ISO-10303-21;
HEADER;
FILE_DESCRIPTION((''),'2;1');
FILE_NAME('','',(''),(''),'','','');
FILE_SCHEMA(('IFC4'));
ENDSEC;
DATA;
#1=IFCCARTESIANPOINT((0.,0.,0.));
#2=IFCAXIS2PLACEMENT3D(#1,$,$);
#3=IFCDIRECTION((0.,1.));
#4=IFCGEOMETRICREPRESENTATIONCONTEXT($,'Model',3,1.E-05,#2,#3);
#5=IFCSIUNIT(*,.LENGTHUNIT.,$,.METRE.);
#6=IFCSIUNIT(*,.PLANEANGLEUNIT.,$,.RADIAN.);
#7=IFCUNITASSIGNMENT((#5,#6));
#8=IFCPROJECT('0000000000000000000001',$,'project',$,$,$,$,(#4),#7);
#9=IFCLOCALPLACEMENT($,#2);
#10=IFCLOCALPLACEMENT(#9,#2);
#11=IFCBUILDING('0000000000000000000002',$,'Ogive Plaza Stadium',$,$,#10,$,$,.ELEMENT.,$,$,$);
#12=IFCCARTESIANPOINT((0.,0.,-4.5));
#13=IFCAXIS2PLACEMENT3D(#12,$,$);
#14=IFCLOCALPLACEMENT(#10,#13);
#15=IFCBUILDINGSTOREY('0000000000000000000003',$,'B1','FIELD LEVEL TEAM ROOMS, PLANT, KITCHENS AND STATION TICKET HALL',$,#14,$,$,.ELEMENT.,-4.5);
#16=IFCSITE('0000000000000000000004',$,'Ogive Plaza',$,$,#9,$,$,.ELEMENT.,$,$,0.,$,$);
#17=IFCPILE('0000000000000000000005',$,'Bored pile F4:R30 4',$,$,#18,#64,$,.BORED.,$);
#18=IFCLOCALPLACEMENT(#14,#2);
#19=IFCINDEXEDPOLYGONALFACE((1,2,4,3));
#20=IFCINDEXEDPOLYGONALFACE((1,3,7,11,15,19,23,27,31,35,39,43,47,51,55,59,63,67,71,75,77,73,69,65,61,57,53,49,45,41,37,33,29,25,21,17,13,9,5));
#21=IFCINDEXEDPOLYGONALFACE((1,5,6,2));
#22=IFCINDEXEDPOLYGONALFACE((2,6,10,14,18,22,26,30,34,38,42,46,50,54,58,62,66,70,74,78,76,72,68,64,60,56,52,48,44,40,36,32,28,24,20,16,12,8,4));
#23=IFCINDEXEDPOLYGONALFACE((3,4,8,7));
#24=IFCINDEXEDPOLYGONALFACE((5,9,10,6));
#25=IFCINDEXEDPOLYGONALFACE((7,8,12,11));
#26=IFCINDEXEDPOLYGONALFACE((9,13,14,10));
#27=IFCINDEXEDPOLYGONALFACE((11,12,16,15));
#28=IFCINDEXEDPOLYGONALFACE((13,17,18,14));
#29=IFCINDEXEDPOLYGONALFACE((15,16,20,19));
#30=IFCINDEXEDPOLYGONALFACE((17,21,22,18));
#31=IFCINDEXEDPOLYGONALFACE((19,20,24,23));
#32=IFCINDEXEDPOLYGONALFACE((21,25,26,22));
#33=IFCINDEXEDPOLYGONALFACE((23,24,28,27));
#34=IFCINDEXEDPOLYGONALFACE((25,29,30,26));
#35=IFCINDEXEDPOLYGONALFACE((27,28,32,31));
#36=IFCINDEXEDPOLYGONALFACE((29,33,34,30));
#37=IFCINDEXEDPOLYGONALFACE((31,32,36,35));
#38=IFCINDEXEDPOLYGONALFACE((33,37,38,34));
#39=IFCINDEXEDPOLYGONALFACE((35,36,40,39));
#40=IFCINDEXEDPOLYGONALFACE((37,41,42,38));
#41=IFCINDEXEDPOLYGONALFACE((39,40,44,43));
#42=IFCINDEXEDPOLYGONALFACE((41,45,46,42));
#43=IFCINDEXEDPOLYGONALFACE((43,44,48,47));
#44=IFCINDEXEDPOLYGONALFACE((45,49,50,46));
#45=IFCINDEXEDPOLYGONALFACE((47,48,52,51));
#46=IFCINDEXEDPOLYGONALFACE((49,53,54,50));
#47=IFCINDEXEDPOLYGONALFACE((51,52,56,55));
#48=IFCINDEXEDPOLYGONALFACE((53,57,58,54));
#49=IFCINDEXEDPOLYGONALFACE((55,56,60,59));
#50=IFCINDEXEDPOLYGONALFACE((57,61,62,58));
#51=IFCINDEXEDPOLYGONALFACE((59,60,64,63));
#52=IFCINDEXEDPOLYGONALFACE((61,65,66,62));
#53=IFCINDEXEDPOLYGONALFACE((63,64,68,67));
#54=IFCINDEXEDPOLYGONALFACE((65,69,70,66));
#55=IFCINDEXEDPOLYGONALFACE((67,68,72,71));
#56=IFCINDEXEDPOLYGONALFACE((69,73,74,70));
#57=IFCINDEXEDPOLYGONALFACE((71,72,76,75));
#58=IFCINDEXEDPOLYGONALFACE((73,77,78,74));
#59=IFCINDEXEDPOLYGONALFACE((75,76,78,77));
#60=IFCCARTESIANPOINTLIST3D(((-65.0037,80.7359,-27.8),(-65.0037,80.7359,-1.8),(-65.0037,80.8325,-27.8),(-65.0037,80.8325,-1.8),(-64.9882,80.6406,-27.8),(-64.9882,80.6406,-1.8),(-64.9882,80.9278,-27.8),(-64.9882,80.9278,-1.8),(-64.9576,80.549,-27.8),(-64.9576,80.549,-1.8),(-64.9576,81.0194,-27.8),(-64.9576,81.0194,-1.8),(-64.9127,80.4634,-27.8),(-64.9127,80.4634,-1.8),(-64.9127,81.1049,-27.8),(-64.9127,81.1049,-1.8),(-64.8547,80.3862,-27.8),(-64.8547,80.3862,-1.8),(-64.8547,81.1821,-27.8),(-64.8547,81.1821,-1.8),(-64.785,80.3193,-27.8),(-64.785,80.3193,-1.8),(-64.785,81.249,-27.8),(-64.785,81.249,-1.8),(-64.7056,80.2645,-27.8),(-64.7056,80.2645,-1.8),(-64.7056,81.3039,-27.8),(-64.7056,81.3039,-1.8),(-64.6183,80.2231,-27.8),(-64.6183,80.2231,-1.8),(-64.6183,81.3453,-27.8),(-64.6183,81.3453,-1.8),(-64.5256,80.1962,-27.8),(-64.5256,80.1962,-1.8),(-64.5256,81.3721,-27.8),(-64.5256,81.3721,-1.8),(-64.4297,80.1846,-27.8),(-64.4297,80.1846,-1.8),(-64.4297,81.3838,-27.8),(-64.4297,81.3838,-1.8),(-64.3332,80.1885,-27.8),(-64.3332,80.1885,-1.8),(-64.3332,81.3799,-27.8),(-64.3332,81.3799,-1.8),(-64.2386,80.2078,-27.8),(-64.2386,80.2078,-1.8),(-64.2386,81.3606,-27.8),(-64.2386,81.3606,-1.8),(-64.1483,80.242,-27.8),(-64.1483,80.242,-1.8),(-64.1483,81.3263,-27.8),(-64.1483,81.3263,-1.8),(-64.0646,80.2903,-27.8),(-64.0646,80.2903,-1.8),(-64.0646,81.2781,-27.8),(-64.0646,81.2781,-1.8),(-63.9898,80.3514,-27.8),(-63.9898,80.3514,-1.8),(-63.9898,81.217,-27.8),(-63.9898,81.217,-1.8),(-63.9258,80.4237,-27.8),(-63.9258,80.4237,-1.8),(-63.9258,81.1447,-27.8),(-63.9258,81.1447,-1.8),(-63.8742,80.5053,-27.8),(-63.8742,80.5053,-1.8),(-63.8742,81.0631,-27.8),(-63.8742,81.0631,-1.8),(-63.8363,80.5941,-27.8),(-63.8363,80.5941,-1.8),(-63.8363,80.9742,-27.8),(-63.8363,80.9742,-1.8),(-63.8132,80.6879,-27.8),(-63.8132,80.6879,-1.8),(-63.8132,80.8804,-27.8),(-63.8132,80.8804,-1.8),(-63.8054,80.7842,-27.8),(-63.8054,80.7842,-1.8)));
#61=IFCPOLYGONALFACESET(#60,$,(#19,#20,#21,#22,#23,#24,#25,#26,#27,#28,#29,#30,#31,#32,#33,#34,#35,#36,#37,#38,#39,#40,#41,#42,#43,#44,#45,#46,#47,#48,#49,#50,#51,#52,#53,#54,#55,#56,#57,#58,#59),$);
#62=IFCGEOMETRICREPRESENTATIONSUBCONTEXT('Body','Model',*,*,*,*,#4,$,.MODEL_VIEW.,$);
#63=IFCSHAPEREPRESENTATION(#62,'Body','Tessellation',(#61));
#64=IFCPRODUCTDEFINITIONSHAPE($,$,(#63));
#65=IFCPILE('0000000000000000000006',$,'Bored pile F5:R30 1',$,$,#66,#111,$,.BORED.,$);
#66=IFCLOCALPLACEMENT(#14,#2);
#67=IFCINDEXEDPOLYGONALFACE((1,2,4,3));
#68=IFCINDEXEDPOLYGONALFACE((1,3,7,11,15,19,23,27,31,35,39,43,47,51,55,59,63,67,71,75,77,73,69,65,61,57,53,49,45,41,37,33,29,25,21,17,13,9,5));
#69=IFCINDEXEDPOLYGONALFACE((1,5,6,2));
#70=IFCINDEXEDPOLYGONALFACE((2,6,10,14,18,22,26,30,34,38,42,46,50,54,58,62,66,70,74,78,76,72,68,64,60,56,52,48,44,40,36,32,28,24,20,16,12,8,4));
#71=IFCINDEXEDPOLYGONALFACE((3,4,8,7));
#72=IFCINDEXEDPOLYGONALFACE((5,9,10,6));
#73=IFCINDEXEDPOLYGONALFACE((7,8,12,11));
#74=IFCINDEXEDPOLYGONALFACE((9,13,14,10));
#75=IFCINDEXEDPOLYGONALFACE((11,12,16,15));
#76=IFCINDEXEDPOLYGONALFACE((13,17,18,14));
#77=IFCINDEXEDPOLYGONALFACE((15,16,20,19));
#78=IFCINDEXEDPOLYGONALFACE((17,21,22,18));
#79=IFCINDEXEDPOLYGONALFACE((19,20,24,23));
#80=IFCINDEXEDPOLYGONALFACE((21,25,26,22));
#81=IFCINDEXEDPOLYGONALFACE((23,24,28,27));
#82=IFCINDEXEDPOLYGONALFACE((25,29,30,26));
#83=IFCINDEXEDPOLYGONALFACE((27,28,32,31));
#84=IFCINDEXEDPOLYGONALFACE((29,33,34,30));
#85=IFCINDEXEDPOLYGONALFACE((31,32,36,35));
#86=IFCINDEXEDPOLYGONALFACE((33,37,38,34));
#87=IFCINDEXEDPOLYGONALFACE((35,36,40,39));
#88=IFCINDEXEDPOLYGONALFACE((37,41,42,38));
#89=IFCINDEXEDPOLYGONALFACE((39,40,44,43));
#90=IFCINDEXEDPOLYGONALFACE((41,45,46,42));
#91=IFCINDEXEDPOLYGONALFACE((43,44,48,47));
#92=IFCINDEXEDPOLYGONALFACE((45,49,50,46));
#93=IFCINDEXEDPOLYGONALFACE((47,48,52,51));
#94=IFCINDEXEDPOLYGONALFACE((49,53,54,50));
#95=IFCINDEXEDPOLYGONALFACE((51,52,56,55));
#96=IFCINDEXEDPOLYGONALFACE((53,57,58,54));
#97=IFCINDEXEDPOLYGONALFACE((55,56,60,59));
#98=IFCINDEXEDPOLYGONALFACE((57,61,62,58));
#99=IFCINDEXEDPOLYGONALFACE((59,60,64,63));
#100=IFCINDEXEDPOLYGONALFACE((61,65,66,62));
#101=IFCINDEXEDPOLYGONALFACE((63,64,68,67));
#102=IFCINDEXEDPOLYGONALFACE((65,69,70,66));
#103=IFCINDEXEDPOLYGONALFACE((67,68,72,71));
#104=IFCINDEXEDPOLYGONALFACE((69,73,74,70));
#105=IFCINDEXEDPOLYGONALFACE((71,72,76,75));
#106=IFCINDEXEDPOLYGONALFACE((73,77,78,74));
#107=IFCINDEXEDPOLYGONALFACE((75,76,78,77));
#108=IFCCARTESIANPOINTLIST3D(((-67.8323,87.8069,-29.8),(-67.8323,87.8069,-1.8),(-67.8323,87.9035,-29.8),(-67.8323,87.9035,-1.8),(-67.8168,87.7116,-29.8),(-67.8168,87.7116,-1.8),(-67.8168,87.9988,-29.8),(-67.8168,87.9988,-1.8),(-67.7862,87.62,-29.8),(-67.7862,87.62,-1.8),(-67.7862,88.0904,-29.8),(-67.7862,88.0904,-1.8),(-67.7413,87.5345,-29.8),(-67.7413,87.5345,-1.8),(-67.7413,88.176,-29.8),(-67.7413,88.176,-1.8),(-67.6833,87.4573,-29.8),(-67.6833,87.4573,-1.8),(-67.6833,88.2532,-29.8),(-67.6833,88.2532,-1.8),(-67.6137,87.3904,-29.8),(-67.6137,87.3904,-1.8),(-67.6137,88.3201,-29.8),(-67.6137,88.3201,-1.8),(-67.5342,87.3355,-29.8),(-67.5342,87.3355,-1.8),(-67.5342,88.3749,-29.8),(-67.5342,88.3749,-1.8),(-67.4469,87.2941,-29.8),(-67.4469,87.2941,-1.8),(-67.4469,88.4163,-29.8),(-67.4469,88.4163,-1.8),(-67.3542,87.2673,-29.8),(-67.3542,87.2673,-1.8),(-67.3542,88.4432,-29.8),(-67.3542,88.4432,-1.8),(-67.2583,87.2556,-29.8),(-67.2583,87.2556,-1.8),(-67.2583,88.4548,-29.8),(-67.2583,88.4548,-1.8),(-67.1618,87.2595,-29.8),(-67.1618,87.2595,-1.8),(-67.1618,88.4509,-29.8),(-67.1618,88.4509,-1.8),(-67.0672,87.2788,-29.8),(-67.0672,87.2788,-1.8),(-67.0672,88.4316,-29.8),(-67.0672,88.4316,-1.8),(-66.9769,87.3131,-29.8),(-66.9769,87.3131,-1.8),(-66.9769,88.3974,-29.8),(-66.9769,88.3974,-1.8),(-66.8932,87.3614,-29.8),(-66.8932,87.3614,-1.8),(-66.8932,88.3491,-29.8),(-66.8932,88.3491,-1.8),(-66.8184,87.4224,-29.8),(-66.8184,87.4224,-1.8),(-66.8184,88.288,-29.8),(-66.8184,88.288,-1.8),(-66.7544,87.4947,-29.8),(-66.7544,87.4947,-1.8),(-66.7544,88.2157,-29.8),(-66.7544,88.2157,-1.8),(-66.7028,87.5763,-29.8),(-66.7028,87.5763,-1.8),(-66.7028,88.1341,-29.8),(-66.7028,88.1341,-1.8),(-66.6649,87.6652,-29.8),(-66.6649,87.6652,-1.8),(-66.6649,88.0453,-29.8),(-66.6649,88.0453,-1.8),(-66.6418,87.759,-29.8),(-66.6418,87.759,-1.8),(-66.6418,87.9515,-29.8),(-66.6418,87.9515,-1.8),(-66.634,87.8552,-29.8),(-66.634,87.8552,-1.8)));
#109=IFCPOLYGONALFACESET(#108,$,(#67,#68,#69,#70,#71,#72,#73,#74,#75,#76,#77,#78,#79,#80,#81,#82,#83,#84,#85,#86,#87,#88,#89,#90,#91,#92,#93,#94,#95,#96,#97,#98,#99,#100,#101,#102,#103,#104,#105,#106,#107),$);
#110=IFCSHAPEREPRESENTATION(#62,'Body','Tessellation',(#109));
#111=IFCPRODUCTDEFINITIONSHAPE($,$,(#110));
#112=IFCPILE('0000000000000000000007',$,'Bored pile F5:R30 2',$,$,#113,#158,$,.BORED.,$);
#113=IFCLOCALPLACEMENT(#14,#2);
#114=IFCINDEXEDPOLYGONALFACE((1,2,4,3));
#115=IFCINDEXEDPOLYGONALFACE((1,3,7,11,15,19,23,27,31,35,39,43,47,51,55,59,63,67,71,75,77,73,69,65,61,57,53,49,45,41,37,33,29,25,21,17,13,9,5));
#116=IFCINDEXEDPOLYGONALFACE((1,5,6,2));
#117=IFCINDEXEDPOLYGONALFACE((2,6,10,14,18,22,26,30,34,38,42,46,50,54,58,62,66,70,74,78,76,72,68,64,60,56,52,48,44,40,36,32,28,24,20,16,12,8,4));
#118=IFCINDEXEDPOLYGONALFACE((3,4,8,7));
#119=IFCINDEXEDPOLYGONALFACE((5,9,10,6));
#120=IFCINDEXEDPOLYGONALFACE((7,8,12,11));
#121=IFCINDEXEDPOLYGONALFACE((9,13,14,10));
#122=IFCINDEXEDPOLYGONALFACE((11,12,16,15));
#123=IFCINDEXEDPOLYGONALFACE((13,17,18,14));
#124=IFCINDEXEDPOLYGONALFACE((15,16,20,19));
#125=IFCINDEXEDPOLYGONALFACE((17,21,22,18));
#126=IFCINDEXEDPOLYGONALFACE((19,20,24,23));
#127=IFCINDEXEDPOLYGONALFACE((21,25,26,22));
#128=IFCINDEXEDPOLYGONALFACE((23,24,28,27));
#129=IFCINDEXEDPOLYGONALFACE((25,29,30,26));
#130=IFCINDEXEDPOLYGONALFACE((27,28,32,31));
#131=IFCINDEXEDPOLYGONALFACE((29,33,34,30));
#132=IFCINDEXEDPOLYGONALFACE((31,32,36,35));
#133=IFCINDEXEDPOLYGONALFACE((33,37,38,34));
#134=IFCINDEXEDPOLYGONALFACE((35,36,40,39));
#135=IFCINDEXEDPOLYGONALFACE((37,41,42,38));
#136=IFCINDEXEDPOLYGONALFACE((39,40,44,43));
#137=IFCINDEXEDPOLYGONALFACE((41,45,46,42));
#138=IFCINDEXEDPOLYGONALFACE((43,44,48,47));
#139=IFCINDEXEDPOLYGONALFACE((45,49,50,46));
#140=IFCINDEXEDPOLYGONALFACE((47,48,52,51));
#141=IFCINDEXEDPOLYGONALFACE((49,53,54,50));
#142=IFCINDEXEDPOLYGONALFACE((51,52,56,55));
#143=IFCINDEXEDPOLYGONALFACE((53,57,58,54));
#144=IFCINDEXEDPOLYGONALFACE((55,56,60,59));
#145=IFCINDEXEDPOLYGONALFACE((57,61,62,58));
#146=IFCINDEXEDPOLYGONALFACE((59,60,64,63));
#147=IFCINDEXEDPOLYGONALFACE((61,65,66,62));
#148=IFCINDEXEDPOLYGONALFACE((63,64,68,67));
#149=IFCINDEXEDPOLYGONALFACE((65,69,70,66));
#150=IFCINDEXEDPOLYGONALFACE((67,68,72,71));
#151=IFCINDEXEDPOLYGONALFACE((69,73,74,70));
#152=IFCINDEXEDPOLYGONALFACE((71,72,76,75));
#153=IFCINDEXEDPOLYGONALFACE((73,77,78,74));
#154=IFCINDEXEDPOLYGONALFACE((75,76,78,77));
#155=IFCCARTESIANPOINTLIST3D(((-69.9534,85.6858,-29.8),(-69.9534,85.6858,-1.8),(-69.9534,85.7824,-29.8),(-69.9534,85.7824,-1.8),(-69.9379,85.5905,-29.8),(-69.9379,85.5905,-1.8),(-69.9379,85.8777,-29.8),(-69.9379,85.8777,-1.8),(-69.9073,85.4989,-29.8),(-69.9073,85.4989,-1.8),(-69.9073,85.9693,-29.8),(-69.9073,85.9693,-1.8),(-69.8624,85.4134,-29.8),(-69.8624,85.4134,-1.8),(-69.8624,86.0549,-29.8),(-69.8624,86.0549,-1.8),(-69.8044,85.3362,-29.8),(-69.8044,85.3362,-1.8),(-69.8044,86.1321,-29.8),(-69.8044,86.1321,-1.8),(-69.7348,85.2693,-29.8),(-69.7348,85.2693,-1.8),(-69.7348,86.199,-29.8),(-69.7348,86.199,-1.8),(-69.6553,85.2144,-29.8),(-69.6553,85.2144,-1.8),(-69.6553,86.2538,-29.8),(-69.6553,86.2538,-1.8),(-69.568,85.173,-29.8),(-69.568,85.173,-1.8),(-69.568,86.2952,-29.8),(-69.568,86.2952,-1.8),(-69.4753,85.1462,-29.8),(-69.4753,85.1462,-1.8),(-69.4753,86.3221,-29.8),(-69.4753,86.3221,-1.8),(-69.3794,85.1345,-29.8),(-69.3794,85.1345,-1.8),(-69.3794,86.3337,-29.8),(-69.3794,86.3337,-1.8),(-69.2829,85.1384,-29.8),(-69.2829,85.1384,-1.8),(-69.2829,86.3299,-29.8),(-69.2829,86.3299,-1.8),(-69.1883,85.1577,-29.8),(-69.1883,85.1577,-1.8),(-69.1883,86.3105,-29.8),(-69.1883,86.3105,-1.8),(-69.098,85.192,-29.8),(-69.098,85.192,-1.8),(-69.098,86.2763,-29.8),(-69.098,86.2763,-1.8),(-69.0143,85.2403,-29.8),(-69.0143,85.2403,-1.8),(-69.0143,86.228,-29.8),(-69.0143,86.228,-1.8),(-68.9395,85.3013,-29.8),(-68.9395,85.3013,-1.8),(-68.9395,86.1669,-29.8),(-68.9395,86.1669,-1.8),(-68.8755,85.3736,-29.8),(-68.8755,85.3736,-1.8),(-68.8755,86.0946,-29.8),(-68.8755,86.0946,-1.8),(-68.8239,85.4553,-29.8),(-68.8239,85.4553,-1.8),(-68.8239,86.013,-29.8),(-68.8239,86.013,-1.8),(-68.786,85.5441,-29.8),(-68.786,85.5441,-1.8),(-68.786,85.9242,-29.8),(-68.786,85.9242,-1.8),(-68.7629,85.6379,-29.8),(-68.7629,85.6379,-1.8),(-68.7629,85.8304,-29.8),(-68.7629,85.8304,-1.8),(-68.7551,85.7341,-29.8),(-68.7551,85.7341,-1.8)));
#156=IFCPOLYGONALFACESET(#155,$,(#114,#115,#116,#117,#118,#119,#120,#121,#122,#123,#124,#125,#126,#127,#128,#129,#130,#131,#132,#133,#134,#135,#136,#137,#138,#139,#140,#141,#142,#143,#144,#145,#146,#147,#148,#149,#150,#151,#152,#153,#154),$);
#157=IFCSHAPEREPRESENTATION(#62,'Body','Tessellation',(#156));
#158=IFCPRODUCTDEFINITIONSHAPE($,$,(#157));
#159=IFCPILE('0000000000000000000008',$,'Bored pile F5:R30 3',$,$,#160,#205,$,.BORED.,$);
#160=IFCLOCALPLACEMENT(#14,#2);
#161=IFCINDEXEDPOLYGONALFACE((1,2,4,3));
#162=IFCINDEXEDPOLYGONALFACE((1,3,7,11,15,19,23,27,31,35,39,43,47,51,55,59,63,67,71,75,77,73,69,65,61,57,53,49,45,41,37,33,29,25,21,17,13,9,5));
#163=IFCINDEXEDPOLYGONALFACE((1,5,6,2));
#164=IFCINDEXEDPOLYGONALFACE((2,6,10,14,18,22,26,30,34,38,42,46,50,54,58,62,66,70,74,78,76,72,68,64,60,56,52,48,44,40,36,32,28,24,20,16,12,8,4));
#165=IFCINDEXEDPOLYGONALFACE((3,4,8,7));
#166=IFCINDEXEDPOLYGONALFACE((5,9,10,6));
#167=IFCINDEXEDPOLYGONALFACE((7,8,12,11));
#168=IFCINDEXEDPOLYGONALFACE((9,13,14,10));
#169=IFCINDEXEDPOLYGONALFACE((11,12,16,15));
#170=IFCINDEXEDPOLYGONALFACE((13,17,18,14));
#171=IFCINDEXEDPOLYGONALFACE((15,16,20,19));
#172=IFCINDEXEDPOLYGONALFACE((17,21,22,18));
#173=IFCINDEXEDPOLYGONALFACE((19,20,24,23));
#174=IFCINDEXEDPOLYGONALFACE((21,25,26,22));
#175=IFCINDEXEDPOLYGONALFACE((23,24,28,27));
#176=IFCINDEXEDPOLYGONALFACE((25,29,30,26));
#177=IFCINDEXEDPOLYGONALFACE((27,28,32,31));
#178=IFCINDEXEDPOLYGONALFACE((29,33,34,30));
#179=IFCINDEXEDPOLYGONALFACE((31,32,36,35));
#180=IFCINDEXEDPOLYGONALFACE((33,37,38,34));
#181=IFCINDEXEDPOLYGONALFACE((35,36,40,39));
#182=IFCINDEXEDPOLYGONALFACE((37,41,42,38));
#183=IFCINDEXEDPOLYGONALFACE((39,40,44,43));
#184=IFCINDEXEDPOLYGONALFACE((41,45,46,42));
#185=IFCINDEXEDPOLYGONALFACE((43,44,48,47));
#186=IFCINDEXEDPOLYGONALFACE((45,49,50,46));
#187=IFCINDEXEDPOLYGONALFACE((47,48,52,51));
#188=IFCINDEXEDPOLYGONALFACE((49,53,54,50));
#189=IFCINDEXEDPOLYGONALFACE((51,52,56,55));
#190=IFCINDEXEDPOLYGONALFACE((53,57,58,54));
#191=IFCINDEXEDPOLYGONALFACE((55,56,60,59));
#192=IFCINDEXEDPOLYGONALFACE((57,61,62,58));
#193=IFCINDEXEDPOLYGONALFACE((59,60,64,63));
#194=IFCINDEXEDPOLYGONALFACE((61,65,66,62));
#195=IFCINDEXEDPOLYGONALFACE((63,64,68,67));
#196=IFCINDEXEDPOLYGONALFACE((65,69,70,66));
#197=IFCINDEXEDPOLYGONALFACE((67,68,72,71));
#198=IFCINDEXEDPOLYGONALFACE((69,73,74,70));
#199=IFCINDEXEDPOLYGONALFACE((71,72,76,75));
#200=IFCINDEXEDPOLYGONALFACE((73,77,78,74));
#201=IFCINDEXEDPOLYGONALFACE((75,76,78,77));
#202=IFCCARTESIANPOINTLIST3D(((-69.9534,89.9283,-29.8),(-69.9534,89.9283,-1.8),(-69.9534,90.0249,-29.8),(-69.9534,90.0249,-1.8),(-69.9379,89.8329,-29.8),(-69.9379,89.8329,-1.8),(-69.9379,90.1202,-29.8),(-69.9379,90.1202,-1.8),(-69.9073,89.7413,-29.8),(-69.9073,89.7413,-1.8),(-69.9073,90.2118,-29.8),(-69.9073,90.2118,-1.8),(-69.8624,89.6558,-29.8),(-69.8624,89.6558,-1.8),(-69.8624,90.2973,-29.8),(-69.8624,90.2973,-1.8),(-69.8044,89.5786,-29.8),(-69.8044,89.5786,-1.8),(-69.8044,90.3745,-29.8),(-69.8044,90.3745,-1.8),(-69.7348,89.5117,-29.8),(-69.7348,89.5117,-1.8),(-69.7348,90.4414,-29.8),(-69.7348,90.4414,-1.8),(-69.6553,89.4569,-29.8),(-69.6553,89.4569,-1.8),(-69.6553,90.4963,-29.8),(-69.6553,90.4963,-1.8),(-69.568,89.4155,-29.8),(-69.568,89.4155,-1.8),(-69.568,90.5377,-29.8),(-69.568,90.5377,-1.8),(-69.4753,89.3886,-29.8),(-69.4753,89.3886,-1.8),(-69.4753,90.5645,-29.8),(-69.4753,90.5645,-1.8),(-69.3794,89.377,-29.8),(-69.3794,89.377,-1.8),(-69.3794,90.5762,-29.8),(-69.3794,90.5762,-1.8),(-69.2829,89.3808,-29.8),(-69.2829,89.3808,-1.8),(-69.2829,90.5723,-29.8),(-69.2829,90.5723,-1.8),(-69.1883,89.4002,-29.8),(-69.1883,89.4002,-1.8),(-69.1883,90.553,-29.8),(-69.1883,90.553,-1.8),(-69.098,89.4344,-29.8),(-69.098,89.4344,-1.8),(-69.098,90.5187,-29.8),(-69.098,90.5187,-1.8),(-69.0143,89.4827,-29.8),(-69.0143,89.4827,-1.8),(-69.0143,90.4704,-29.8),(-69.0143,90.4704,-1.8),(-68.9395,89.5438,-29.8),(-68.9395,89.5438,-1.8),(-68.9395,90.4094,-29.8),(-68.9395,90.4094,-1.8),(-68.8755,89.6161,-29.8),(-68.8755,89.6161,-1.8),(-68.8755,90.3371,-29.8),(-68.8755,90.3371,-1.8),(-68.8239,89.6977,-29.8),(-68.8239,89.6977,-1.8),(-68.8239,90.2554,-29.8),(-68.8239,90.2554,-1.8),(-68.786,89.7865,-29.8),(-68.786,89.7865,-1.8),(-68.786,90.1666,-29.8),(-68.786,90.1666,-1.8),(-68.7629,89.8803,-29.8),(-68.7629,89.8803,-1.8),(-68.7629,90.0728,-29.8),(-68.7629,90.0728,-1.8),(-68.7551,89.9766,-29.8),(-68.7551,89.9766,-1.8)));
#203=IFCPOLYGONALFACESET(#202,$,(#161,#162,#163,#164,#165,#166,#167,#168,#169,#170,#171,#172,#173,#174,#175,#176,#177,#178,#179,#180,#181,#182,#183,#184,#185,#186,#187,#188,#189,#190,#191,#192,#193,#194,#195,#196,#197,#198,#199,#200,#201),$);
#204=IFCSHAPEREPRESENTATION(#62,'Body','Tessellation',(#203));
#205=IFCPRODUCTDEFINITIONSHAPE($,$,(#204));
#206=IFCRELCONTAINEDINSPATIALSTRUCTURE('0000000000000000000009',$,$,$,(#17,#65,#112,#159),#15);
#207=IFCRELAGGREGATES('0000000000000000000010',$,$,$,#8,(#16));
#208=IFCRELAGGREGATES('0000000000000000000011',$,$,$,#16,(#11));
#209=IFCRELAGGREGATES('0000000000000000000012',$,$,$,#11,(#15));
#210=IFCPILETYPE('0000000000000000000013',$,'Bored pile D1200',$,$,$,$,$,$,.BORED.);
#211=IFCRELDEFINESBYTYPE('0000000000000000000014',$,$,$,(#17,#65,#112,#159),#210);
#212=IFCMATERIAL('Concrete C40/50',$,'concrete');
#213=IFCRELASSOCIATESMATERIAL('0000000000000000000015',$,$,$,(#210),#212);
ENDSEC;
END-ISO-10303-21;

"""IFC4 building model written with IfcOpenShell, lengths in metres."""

from ifc_helpers import new_model, si_unit, direction, frame, origin, origin_2d, place, context, subcontext, project, spatial, circle, extrude, material, material_profile, profile_set, type_object, element, save


model = new_model("IFC4")

# Units and contexts
model_context = context("Model", 3, precision=1e-05, world=origin(), true_north=direction((0.0, 1.0)))
body_context = subcontext(model_context, "Body", "Model", "MODEL_VIEW")
ifc_project = project(units=[si_unit("LENGTHUNIT", "METRE"), si_unit("PLANEANGLEUNIT", "RADIAN")], contexts=[model_context])

# Site, building, storey
site_placement = place(None, origin())
site = spatial("IfcSite", under=ifc_project, at=site_placement, Name="Ogive Plaza", CompositionType="ELEMENT", RefElevation=0.0)
building_placement = place(site_placement, origin())
building = spatial("IfcBuilding", under=site, at=building_placement, Name="Ogive Plaza Stadium", CompositionType="ELEMENT")
storey_placement = place(building_placement, frame((0.0, 0.0, -4.5)))
storey = spatial("IfcBuildingStorey", under=building, at=storey_placement, Name="B1", Description="FIELD LEVEL TEAM ROOMS, PLANT, KITCHENS AND STATION TICKET HALL", CompositionType="ELEMENT", Elevation=-4.5)

# Piles
ifc_material_1 = material(Name="Concrete C40/50", Category="concrete")
ifc_material_profile_1 = material_profile(ifc_material_1, circle(Radius=0.6001, at=origin_2d()), Name="RC D1200")
ifc_profile_set_1 = profile_set([ifc_material_profile_1], Name="Concrete C40/50")
pile_type_1 = type_object("IfcPileType", Name="Bored pile D1200", PredefinedType="BORED", material=ifc_profile_set_1)
for number, where, z_axis, x_axis, name in (
    (1, (-64.4055, 80.7842, -1.8), (0.0, 0.0, -1.0), (1.0, 0.0, 0.0), "Bored pile F4:R30 4"),
):
    element("IfcPile", number, at=place(storey_placement, frame(where, z_axis=z_axis, x_axis=x_axis)), inside=storey, type_object=pile_type_1, Name=name, PredefinedType="BORED", context=body_context, shape_type="SweptSolid", body=[
        extrude(circle(Radius=0.6001, at=origin_2d()), origin(), (0.0, 0.0, 1.0), 26.0),
    ])
for number, where, z_axis, x_axis, name in (
    (2, (-67.2341, 87.8552, -1.8), (0.0, 0.0, -1.0), (1.0, 0.0, 0.0), "Bored pile F5:R30 1"),
    (3, (-69.3552, 85.7341, -1.8), (0.0, 0.0, -1.0), (1.0, 0.0, 0.0), "Bored pile F5:R30 2"),
    (4, (-69.3552, 89.9766, -1.8), (0.0, 0.0, -1.0), (1.0, 0.0, 0.0), "Bored pile F5:R30 3"),
):
    element("IfcPile", number, at=place(storey_placement, frame(where, z_axis=z_axis, x_axis=x_axis)), inside=storey, type_object=pile_type_1, Name=name, PredefinedType="BORED", context=body_context, shape_type="SweptSolid", body=[
        extrude(circle(Radius=0.6001, at=origin_2d()), origin(), (0.0, 0.0, 1.0), 28.0),
    ])

save(model, "model.ifc")
